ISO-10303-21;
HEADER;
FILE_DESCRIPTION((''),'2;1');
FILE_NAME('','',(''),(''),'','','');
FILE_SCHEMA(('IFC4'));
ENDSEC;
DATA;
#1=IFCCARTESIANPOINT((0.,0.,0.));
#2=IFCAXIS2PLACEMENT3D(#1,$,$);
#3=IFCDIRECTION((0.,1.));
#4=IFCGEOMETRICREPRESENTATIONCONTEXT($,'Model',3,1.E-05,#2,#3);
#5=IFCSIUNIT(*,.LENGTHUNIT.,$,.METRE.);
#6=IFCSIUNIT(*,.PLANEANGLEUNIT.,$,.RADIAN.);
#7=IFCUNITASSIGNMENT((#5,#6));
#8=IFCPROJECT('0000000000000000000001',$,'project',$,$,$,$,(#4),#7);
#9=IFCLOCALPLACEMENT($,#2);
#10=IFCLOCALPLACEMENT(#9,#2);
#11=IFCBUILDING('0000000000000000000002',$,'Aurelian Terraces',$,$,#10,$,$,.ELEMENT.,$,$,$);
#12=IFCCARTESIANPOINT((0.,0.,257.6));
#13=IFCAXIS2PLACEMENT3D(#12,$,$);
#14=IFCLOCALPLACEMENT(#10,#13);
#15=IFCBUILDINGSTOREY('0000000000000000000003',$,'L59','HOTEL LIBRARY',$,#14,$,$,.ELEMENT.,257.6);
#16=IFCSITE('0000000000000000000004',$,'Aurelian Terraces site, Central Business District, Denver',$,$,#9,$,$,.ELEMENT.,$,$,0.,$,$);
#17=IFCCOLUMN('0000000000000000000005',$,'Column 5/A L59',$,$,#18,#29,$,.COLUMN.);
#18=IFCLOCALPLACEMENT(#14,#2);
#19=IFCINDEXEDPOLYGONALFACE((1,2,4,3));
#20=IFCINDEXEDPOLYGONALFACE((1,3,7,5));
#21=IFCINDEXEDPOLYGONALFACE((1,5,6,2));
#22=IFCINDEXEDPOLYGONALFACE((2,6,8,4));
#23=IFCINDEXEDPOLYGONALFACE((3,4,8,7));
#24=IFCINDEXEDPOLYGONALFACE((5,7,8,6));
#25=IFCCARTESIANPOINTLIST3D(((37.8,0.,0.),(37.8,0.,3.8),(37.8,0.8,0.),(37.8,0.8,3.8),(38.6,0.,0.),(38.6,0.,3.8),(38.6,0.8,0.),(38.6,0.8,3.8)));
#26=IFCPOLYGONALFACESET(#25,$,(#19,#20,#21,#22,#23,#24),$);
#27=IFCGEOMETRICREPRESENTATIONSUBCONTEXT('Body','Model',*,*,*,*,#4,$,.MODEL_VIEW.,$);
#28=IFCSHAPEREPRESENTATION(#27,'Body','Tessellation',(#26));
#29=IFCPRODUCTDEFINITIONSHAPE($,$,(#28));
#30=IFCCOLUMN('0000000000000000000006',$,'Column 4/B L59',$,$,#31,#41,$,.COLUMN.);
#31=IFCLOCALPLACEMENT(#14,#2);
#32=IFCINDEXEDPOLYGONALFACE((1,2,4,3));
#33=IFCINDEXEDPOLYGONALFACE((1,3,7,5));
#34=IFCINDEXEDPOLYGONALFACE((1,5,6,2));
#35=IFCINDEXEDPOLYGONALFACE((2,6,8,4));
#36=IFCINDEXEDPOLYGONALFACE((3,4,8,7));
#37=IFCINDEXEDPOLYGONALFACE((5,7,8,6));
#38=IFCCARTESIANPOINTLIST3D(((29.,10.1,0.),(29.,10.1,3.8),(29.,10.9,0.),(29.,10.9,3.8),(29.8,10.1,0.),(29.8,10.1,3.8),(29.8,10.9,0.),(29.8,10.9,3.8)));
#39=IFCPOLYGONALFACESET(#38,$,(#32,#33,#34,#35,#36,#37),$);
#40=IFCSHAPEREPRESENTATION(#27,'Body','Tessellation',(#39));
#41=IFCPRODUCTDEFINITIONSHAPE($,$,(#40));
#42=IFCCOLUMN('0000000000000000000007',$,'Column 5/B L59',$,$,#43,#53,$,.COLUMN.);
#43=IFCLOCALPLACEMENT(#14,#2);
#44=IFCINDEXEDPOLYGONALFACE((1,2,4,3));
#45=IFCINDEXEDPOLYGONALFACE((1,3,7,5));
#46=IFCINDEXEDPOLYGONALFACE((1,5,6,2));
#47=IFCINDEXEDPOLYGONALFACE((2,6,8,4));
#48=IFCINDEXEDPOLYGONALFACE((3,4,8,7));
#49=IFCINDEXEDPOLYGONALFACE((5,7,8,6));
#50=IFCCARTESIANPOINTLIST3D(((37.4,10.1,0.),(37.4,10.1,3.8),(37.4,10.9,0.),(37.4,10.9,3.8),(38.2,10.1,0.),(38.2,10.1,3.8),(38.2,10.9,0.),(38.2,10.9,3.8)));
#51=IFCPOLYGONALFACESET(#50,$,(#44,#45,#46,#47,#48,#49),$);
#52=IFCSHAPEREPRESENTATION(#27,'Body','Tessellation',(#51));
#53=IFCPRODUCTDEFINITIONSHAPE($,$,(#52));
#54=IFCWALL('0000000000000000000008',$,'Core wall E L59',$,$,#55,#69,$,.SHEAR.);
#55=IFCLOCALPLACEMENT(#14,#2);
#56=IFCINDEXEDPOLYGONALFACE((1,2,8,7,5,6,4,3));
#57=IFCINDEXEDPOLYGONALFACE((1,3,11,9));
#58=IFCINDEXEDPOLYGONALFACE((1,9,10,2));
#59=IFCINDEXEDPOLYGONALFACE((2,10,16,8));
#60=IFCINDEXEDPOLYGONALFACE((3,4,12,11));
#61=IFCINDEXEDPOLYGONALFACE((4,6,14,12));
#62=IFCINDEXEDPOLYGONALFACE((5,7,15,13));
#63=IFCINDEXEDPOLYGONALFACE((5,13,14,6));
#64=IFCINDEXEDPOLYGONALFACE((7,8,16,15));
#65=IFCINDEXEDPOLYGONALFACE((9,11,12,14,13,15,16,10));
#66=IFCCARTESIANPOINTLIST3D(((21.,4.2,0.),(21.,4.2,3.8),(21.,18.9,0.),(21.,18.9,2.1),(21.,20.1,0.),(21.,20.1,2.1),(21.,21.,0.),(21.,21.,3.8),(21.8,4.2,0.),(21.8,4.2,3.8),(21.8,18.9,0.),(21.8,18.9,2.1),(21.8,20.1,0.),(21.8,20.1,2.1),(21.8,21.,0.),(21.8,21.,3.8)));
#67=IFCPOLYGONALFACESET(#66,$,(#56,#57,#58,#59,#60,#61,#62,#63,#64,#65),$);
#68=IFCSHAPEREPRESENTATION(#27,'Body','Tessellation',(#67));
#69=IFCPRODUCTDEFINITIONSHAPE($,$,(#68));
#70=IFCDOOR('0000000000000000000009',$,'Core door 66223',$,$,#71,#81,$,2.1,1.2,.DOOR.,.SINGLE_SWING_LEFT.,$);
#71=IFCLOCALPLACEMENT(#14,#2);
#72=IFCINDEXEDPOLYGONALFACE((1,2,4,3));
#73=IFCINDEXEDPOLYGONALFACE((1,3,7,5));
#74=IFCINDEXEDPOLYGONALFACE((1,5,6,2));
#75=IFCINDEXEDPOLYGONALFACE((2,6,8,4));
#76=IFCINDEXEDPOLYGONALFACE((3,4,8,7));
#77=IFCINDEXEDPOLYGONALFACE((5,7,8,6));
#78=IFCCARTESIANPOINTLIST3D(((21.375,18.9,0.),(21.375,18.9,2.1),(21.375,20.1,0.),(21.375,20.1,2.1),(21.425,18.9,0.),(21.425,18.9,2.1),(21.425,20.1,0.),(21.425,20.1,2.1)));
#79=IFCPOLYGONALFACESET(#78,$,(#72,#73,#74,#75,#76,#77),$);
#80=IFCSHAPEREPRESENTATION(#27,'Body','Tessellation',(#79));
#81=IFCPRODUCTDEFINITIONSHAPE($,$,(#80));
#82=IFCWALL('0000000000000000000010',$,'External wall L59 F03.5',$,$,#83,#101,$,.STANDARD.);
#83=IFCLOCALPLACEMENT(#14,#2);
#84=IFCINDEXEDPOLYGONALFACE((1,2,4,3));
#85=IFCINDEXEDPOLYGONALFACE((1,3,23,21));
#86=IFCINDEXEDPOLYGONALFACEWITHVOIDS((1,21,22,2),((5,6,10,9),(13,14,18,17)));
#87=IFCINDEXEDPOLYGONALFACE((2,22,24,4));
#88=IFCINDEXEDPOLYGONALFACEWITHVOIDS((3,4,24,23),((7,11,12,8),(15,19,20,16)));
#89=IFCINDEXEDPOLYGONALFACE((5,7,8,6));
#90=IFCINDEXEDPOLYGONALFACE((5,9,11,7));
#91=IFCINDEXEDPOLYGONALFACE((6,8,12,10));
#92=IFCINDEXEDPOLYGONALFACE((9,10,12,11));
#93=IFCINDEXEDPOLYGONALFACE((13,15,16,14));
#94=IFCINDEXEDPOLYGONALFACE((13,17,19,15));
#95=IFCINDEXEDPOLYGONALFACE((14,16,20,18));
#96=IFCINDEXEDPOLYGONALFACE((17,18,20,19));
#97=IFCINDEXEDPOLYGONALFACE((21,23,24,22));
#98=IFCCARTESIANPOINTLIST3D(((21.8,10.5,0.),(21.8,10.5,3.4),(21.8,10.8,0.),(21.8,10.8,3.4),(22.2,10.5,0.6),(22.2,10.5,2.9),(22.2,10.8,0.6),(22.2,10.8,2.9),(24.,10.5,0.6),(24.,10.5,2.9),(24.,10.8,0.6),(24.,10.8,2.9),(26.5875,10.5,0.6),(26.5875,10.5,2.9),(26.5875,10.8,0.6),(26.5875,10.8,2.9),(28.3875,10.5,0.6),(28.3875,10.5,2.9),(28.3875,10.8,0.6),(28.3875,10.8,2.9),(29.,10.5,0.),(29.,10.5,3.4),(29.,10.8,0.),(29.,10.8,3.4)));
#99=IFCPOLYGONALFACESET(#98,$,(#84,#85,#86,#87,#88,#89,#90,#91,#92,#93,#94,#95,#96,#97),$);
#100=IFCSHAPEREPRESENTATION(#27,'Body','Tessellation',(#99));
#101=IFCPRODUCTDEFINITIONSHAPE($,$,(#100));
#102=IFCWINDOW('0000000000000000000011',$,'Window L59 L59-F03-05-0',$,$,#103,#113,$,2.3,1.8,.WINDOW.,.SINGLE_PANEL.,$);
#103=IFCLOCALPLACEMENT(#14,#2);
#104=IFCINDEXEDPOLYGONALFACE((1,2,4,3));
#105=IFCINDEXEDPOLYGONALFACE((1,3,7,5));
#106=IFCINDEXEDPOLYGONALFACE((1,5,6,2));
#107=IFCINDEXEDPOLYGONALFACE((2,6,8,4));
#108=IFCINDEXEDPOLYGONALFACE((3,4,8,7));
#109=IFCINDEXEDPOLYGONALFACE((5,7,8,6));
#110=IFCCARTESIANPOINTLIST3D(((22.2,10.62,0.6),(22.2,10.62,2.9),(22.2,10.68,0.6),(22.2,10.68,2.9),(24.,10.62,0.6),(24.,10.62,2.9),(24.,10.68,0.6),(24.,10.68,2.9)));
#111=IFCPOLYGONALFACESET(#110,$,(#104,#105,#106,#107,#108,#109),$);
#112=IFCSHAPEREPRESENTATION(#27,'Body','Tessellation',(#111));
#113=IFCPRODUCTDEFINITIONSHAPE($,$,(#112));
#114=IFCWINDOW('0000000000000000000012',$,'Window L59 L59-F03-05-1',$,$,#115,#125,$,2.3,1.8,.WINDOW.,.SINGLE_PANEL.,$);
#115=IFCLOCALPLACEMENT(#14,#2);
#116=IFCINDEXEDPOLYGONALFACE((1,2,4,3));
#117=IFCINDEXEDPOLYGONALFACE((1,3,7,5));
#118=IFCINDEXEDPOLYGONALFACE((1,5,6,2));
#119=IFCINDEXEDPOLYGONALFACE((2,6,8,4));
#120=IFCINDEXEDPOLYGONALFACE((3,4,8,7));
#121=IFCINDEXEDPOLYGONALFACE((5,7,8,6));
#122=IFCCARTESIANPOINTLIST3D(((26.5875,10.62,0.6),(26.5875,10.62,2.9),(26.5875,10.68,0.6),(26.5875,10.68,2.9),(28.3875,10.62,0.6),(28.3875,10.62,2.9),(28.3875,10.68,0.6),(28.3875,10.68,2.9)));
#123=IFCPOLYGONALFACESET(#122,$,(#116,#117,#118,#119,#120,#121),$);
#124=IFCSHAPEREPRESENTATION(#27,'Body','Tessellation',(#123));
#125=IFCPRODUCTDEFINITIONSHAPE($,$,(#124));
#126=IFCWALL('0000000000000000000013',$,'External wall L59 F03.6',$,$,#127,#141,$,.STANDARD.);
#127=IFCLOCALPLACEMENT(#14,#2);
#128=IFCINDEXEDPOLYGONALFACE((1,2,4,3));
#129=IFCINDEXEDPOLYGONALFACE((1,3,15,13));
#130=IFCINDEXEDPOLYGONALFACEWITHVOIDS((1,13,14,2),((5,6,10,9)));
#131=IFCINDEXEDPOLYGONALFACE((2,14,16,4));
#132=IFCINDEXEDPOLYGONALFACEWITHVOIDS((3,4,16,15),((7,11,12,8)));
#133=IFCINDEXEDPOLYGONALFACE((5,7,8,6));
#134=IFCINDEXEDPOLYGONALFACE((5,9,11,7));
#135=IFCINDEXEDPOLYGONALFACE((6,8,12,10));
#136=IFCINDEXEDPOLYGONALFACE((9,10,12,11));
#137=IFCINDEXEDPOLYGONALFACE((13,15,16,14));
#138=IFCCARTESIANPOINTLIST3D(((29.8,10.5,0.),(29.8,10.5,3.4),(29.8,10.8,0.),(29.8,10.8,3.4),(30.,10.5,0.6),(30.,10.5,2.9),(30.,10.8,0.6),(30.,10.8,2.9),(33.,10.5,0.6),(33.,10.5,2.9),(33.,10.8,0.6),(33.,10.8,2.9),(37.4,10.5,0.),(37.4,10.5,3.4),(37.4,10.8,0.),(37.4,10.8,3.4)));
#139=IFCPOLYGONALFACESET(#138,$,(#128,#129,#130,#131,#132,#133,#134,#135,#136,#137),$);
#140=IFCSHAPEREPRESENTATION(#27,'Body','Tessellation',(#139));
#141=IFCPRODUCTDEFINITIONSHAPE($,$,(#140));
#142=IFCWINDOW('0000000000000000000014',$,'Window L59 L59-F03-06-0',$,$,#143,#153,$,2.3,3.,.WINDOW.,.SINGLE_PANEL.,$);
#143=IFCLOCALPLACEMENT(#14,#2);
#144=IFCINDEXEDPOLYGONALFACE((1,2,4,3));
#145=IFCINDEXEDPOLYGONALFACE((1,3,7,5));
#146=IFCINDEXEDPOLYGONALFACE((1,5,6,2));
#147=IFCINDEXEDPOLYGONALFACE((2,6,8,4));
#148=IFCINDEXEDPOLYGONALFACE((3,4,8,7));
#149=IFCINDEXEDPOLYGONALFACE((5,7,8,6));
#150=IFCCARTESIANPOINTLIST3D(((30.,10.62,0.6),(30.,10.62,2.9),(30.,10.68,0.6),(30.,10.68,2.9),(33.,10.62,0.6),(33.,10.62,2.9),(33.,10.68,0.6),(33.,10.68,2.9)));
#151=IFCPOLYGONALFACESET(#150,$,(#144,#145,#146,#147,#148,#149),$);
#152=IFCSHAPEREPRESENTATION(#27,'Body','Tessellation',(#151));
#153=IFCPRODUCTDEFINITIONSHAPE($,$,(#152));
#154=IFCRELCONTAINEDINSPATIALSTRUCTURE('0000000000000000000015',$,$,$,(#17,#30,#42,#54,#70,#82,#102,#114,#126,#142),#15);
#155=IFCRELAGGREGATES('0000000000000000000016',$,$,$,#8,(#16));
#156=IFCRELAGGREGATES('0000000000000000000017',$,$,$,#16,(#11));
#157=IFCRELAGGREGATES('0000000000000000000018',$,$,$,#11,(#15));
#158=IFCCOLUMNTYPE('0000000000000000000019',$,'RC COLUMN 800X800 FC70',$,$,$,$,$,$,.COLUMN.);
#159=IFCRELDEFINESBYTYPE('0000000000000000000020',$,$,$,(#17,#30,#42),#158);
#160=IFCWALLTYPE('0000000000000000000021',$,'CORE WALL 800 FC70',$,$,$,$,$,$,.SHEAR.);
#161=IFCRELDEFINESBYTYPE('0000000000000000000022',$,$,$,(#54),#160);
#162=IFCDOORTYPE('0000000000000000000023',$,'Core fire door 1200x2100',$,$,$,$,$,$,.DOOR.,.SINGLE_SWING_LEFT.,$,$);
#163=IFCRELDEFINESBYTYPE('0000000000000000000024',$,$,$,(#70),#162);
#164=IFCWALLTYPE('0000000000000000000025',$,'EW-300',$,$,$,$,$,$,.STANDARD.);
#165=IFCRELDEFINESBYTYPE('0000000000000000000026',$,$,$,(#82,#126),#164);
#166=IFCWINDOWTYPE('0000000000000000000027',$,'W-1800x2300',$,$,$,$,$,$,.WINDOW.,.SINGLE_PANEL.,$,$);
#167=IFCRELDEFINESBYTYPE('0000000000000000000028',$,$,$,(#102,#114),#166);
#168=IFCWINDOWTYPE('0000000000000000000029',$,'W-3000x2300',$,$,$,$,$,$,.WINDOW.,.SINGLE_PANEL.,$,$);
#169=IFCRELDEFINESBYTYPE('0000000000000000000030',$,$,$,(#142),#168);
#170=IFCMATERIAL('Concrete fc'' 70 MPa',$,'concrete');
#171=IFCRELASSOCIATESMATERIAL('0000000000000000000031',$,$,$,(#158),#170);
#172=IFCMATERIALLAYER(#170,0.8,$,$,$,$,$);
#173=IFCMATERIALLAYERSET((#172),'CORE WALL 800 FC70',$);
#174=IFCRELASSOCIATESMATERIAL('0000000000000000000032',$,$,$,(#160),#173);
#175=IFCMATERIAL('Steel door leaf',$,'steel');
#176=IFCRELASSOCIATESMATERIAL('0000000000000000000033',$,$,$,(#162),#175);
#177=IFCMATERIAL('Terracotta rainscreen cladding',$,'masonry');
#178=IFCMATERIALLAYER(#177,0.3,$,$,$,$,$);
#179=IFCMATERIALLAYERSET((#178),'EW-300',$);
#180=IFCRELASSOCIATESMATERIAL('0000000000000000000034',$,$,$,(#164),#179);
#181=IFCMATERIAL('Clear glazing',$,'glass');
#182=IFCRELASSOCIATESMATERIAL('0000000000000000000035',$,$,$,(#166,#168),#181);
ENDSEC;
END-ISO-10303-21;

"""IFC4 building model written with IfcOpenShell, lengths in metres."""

from ifc_helpers import new_model, si_unit, direction, frame, frame_2d, origin, origin_2d, place, context, subcontext, project, spatial, rectangle, extrude, source, transform, mapped, material, layer, layer_set, material_profile, profile_set, type_object, element, fill, save


model = new_model("IFC4")

# Units and contexts
model_context = context("Model", 3, precision=1e-05, world=origin(), true_north=direction((0.0, 1.0)))
body_context = subcontext(model_context, "Body", "Model", "MODEL_VIEW")
ifc_project = project(units=[si_unit("LENGTHUNIT", "METRE"), si_unit("PLANEANGLEUNIT", "RADIAN")], contexts=[model_context])

# Site, building, storey
site_placement = place(None, origin())
site = spatial("IfcSite", under=ifc_project, at=site_placement, Name="Aurelian Terraces site, Central Business District, Denver", CompositionType="ELEMENT", RefElevation=0.0)
building_placement = place(site_placement, origin())
building = spatial("IfcBuilding", under=site, at=building_placement, Name="Aurelian Terraces", CompositionType="ELEMENT")
storey_placement = place(building_placement, frame((0.0, 0.0, 257.6)))
storey = spatial("IfcBuildingStorey", under=building, at=storey_placement, Name="L59", Description="HOTEL LIBRARY", CompositionType="ELEMENT", Elevation=257.6)

# Columns
ifc_material_1 = material(Name="Concrete fc' 70 MPa", Category="concrete")
ifc_material_profile = material_profile(ifc_material_1, rectangle(XDim=0.8, YDim=0.8, at=origin_2d()))
ifc_profile_set = profile_set([ifc_material_profile], Name="Concrete fc' 70 MPa")
column_type = type_object("IfcColumnType", Name="RC COLUMN 800X800 FC70", PredefinedType="COLUMN", material=ifc_profile_set)
shared_shape_1 = source(origin(), body_context, "Body", "SweptSolid", [
    extrude(rectangle(XDim=0.8, YDim=0.8, at=origin_2d()), origin(), (0.0, 0.0, 1.0), 3.8),
])
for number, where, z_axis, x_axis, name in (
    (1, (38.2, 0.4, 0.0), (0.0, 0.0, 1.0), (1.0, 0.0, 0.0), "Column 5/A L59"),
    (2, (29.4, 10.5, 0.0), (0.0, 0.0, 1.0), (1.0, 0.0, 0.0), "Column 4/B L59"),
    (3, (37.8, 10.5, 0.0), (0.0, 0.0, 1.0), (1.0, 0.0, 0.0), "Column 5/B L59"),
):
    element("IfcColumn", number, at=place(storey_placement, frame(where, z_axis=z_axis, x_axis=x_axis)), inside=storey, type_object=column_type, Name=name, PredefinedType="COLUMN", context=body_context, shape_type="MappedRepresentation", body=[
        mapped(shared_shape_1, transform((0.0, 0.0, 0.0), scale=1.0)),
    ])

# Wall, opening, door
ifc_layer_1 = layer(ifc_material_1, 0.8)
ifc_layer_set_1 = layer_set([ifc_layer_1], Name="CORE WALL 800 FC70")
wall_type_1 = type_object("IfcWallType", Name="CORE WALL 800 FC70", PredefinedType="SHEAR", material=ifc_layer_set_1)
shared_shape_2 = source(origin(), body_context, "Body", "SweptSolid", [
    extrude(rectangle(XDim=16.8, YDim=0.8, at=frame_2d((8.4, 0.0))), origin(), (0.0, 0.0, 1.0), 3.8),
])
wall_1_placement = place(storey_placement, frame((21.4, 4.2, 0.0), z_axis=(0.0, 0.0, 1.0), x_axis=(0.0, 1.0, 0.0)))
wall_1 = element("IfcWall", 4, at=wall_1_placement, inside=storey, type_object=wall_type_1, Name="Core wall E L59", PredefinedType="SHEAR", context=body_context, shape_type="MappedRepresentation", body=[
    mapped(shared_shape_2, transform((0.0, 0.0, 0.0), scale=1.0)),
])
shared_shape_3 = source(origin(), body_context, "Body", "SweptSolid", [
    extrude(rectangle(XDim=1.2, YDim=2.1, at=frame_2d((0.6, 1.05))), frame((0.0, 0.41, 0.0), z_axis=(0.0, -1.0, 0.0), x_axis=(1.0, 0.0, 0.0)), (0.0, 0.0, 1.0), 0.82),
])
opening_1_placement = place(wall_1_placement, frame((14.7, 0.0, 0.0)))
opening_1 = element("IfcOpeningElement", 5, at=opening_1_placement, cuts=wall_1, PredefinedType="OPENING", context=body_context, shape_type="MappedRepresentation", body=[
    mapped(shared_shape_3, transform((0.0, 0.0, 0.0), scale=1.0)),
])
ifc_material_2 = material(Name="Steel door leaf", Category="steel")
door_type_1 = type_object("IfcDoorType", Name="Core fire door 1200x2100", OperationType="SINGLE_SWING_LEFT", PredefinedType="DOOR", material=ifc_material_2)
shared_shape_4 = source(origin(), body_context, "Body", "SweptSolid", [
    extrude(rectangle(XDim=1.2, YDim=2.1, at=frame_2d((0.6, 1.05))), frame((0.0, 0.025, 0.0), z_axis=(0.0, -1.0, 0.0), x_axis=(1.0, 0.0, 0.0)), (0.0, 0.0, 1.0), 0.05),
])
door_1_placement = place(opening_1_placement, origin())
door_1 = element("IfcDoor", 6, at=door_1_placement, inside=storey, type_object=door_type_1, Name="Core door 66223", OperationType="SINGLE_SWING_LEFT", OverallHeight=2.1, OverallWidth=1.2, PredefinedType="DOOR", context=body_context, shape_type="MappedRepresentation", body=[
    mapped(shared_shape_4, transform((0.0, 0.0, 0.0), scale=1.0)),
])
fill(opening_1, door_1)

# Wall, openings, windows
ifc_material_3 = material(Name="Terracotta rainscreen cladding", Category="masonry")
ifc_layer_2 = layer(ifc_material_3, 0.3)
ifc_layer_set_2 = layer_set([ifc_layer_2], Name="EW-300")
wall_type_2 = type_object("IfcWallType", Name="EW-300", PredefinedType="STANDARD", material=ifc_layer_set_2)
shared_shape_5 = source(origin(), body_context, "Body", "SweptSolid", [
    extrude(rectangle(XDim=7.2, YDim=0.3, at=frame_2d((3.6, 0.0))), origin(), (0.0, 0.0, 1.0), 3.4),
])
wall_2_placement = place(storey_placement, frame((21.8, 10.65, 0.0), z_axis=(0.0, 0.0, 1.0), x_axis=(1.0, 0.0, 0.0)))
wall_2 = element("IfcWall", 7, at=wall_2_placement, inside=storey, type_object=wall_type_2, Name="External wall L59 F03.5", PredefinedType="STANDARD", context=body_context, shape_type="MappedRepresentation", body=[
    mapped(shared_shape_5, transform((0.0, 0.0, 0.0), scale=1.0)),
])
shared_shape_6 = source(origin(), body_context, "Body", "SweptSolid", [
    extrude(rectangle(XDim=1.8, YDim=2.3, at=frame_2d((0.9, 1.15))), frame((0.0, 0.16, 0.0), z_axis=(0.0, -1.0, 0.0), x_axis=(1.0, 0.0, 0.0)), (0.0, 0.0, 1.0), 0.32),
])
opening_2_placement = place(wall_2_placement, frame((0.4, 0.0, 0.6)))
opening_2 = element("IfcOpeningElement", 8, at=opening_2_placement, cuts=wall_2, PredefinedType="OPENING", context=body_context, shape_type="MappedRepresentation", body=[
    mapped(shared_shape_6, transform((0.0, 0.0, 0.0), scale=1.0)),
])
opening_3_placement = place(wall_2_placement, frame((4.7875, 0.0, 0.6)))
opening_3 = element("IfcOpeningElement", 9, at=opening_3_placement, cuts=wall_2, PredefinedType="OPENING", context=body_context, shape_type="MappedRepresentation", body=[
    mapped(shared_shape_6, transform((0.0, 0.0, 0.0), scale=1.0)),
])
ifc_material_4 = material(Name="Clear glazing", Category="glass")
window_type_1 = type_object("IfcWindowType", Name="W-1800x2300", PartitioningType="SINGLE_PANEL", PredefinedType="WINDOW", material=ifc_material_4)
shared_shape_7 = source(origin(), body_context, "Body", "SweptSolid", [
    extrude(rectangle(XDim=1.8, YDim=2.3, at=frame_2d((0.9, 1.15))), frame((0.0, 0.03, 0.0), z_axis=(0.0, -1.0, 0.0), x_axis=(1.0, 0.0, 0.0)), (0.0, 0.0, 1.0), 0.06),
])
window_1_placement = place(opening_2_placement, origin())
window_1 = element("IfcWindow", 10, at=window_1_placement, inside=storey, type_object=window_type_1, Name="Window L59 L59-F03-05-0", OverallHeight=2.3, OverallWidth=1.8, PartitioningType="SINGLE_PANEL", PredefinedType="WINDOW", context=body_context, shape_type="MappedRepresentation", body=[
    mapped(shared_shape_7, transform((0.0, 0.0, 0.0), scale=1.0)),
])
fill(opening_2, window_1)
window_2_placement = place(opening_3_placement, origin())
window_2 = element("IfcWindow", 11, at=window_2_placement, inside=storey, type_object=window_type_1, Name="Window L59 L59-F03-05-1", OverallHeight=2.3, OverallWidth=1.8, PartitioningType="SINGLE_PANEL", PredefinedType="WINDOW", context=body_context, shape_type="MappedRepresentation", body=[
    mapped(shared_shape_7, transform((0.0, 0.0, 0.0), scale=1.0)),
])
fill(opening_3, window_2)

# Wall, opening, window
shared_shape_8 = source(origin(), body_context, "Body", "SweptSolid", [
    extrude(rectangle(XDim=7.6, YDim=0.3, at=frame_2d((3.8, 0.0))), origin(), (0.0, 0.0, 1.0), 3.4),
])
wall_3_placement = place(storey_placement, frame((29.8, 10.65, 0.0), z_axis=(0.0, 0.0, 1.0), x_axis=(1.0, 0.0, 0.0)))
wall_3 = element("IfcWall", 12, at=wall_3_placement, inside=storey, type_object=wall_type_2, Name="External wall L59 F03.6", PredefinedType="STANDARD", context=body_context, shape_type="MappedRepresentation", body=[
    mapped(shared_shape_8, transform((0.0, 0.0, 0.0), scale=1.0)),
])
shared_shape_9 = source(origin(), body_context, "Body", "SweptSolid", [
    extrude(rectangle(XDim=3.0, YDim=2.3, at=frame_2d((1.5, 1.15))), frame((0.0, 0.16, 0.0), z_axis=(0.0, -1.0, 0.0), x_axis=(1.0, 0.0, 0.0)), (0.0, 0.0, 1.0), 0.32),
])
opening_4_placement = place(wall_3_placement, frame((0.2, 0.0, 0.6)))
opening_4 = element("IfcOpeningElement", 13, at=opening_4_placement, cuts=wall_3, PredefinedType="OPENING", context=body_context, shape_type="MappedRepresentation", body=[
    mapped(shared_shape_9, transform((0.0, 0.0, 0.0), scale=1.0)),
])
window_type_2 = type_object("IfcWindowType", Name="W-3000x2300", PartitioningType="SINGLE_PANEL", PredefinedType="WINDOW", material=ifc_material_4)
shared_shape_10 = source(origin(), body_context, "Body", "SweptSolid", [
    extrude(rectangle(XDim=3.0, YDim=2.3, at=frame_2d((1.5, 1.15))), frame((0.0, 0.03, 0.0), z_axis=(0.0, -1.0, 0.0), x_axis=(1.0, 0.0, 0.0)), (0.0, 0.0, 1.0), 0.06),
])
window_3_placement = place(opening_4_placement, origin())
window_3 = element("IfcWindow", 14, at=window_3_placement, inside=storey, type_object=window_type_2, Name="Window L59 L59-F03-06-0", OverallHeight=2.3, OverallWidth=3.0, PartitioningType="SINGLE_PANEL", PredefinedType="WINDOW", context=body_context, shape_type="MappedRepresentation", body=[
    mapped(shared_shape_10, transform((0.0, 0.0, 0.0), scale=1.0)),
])
fill(opening_4, window_3)

save(model, "model.ifc")
